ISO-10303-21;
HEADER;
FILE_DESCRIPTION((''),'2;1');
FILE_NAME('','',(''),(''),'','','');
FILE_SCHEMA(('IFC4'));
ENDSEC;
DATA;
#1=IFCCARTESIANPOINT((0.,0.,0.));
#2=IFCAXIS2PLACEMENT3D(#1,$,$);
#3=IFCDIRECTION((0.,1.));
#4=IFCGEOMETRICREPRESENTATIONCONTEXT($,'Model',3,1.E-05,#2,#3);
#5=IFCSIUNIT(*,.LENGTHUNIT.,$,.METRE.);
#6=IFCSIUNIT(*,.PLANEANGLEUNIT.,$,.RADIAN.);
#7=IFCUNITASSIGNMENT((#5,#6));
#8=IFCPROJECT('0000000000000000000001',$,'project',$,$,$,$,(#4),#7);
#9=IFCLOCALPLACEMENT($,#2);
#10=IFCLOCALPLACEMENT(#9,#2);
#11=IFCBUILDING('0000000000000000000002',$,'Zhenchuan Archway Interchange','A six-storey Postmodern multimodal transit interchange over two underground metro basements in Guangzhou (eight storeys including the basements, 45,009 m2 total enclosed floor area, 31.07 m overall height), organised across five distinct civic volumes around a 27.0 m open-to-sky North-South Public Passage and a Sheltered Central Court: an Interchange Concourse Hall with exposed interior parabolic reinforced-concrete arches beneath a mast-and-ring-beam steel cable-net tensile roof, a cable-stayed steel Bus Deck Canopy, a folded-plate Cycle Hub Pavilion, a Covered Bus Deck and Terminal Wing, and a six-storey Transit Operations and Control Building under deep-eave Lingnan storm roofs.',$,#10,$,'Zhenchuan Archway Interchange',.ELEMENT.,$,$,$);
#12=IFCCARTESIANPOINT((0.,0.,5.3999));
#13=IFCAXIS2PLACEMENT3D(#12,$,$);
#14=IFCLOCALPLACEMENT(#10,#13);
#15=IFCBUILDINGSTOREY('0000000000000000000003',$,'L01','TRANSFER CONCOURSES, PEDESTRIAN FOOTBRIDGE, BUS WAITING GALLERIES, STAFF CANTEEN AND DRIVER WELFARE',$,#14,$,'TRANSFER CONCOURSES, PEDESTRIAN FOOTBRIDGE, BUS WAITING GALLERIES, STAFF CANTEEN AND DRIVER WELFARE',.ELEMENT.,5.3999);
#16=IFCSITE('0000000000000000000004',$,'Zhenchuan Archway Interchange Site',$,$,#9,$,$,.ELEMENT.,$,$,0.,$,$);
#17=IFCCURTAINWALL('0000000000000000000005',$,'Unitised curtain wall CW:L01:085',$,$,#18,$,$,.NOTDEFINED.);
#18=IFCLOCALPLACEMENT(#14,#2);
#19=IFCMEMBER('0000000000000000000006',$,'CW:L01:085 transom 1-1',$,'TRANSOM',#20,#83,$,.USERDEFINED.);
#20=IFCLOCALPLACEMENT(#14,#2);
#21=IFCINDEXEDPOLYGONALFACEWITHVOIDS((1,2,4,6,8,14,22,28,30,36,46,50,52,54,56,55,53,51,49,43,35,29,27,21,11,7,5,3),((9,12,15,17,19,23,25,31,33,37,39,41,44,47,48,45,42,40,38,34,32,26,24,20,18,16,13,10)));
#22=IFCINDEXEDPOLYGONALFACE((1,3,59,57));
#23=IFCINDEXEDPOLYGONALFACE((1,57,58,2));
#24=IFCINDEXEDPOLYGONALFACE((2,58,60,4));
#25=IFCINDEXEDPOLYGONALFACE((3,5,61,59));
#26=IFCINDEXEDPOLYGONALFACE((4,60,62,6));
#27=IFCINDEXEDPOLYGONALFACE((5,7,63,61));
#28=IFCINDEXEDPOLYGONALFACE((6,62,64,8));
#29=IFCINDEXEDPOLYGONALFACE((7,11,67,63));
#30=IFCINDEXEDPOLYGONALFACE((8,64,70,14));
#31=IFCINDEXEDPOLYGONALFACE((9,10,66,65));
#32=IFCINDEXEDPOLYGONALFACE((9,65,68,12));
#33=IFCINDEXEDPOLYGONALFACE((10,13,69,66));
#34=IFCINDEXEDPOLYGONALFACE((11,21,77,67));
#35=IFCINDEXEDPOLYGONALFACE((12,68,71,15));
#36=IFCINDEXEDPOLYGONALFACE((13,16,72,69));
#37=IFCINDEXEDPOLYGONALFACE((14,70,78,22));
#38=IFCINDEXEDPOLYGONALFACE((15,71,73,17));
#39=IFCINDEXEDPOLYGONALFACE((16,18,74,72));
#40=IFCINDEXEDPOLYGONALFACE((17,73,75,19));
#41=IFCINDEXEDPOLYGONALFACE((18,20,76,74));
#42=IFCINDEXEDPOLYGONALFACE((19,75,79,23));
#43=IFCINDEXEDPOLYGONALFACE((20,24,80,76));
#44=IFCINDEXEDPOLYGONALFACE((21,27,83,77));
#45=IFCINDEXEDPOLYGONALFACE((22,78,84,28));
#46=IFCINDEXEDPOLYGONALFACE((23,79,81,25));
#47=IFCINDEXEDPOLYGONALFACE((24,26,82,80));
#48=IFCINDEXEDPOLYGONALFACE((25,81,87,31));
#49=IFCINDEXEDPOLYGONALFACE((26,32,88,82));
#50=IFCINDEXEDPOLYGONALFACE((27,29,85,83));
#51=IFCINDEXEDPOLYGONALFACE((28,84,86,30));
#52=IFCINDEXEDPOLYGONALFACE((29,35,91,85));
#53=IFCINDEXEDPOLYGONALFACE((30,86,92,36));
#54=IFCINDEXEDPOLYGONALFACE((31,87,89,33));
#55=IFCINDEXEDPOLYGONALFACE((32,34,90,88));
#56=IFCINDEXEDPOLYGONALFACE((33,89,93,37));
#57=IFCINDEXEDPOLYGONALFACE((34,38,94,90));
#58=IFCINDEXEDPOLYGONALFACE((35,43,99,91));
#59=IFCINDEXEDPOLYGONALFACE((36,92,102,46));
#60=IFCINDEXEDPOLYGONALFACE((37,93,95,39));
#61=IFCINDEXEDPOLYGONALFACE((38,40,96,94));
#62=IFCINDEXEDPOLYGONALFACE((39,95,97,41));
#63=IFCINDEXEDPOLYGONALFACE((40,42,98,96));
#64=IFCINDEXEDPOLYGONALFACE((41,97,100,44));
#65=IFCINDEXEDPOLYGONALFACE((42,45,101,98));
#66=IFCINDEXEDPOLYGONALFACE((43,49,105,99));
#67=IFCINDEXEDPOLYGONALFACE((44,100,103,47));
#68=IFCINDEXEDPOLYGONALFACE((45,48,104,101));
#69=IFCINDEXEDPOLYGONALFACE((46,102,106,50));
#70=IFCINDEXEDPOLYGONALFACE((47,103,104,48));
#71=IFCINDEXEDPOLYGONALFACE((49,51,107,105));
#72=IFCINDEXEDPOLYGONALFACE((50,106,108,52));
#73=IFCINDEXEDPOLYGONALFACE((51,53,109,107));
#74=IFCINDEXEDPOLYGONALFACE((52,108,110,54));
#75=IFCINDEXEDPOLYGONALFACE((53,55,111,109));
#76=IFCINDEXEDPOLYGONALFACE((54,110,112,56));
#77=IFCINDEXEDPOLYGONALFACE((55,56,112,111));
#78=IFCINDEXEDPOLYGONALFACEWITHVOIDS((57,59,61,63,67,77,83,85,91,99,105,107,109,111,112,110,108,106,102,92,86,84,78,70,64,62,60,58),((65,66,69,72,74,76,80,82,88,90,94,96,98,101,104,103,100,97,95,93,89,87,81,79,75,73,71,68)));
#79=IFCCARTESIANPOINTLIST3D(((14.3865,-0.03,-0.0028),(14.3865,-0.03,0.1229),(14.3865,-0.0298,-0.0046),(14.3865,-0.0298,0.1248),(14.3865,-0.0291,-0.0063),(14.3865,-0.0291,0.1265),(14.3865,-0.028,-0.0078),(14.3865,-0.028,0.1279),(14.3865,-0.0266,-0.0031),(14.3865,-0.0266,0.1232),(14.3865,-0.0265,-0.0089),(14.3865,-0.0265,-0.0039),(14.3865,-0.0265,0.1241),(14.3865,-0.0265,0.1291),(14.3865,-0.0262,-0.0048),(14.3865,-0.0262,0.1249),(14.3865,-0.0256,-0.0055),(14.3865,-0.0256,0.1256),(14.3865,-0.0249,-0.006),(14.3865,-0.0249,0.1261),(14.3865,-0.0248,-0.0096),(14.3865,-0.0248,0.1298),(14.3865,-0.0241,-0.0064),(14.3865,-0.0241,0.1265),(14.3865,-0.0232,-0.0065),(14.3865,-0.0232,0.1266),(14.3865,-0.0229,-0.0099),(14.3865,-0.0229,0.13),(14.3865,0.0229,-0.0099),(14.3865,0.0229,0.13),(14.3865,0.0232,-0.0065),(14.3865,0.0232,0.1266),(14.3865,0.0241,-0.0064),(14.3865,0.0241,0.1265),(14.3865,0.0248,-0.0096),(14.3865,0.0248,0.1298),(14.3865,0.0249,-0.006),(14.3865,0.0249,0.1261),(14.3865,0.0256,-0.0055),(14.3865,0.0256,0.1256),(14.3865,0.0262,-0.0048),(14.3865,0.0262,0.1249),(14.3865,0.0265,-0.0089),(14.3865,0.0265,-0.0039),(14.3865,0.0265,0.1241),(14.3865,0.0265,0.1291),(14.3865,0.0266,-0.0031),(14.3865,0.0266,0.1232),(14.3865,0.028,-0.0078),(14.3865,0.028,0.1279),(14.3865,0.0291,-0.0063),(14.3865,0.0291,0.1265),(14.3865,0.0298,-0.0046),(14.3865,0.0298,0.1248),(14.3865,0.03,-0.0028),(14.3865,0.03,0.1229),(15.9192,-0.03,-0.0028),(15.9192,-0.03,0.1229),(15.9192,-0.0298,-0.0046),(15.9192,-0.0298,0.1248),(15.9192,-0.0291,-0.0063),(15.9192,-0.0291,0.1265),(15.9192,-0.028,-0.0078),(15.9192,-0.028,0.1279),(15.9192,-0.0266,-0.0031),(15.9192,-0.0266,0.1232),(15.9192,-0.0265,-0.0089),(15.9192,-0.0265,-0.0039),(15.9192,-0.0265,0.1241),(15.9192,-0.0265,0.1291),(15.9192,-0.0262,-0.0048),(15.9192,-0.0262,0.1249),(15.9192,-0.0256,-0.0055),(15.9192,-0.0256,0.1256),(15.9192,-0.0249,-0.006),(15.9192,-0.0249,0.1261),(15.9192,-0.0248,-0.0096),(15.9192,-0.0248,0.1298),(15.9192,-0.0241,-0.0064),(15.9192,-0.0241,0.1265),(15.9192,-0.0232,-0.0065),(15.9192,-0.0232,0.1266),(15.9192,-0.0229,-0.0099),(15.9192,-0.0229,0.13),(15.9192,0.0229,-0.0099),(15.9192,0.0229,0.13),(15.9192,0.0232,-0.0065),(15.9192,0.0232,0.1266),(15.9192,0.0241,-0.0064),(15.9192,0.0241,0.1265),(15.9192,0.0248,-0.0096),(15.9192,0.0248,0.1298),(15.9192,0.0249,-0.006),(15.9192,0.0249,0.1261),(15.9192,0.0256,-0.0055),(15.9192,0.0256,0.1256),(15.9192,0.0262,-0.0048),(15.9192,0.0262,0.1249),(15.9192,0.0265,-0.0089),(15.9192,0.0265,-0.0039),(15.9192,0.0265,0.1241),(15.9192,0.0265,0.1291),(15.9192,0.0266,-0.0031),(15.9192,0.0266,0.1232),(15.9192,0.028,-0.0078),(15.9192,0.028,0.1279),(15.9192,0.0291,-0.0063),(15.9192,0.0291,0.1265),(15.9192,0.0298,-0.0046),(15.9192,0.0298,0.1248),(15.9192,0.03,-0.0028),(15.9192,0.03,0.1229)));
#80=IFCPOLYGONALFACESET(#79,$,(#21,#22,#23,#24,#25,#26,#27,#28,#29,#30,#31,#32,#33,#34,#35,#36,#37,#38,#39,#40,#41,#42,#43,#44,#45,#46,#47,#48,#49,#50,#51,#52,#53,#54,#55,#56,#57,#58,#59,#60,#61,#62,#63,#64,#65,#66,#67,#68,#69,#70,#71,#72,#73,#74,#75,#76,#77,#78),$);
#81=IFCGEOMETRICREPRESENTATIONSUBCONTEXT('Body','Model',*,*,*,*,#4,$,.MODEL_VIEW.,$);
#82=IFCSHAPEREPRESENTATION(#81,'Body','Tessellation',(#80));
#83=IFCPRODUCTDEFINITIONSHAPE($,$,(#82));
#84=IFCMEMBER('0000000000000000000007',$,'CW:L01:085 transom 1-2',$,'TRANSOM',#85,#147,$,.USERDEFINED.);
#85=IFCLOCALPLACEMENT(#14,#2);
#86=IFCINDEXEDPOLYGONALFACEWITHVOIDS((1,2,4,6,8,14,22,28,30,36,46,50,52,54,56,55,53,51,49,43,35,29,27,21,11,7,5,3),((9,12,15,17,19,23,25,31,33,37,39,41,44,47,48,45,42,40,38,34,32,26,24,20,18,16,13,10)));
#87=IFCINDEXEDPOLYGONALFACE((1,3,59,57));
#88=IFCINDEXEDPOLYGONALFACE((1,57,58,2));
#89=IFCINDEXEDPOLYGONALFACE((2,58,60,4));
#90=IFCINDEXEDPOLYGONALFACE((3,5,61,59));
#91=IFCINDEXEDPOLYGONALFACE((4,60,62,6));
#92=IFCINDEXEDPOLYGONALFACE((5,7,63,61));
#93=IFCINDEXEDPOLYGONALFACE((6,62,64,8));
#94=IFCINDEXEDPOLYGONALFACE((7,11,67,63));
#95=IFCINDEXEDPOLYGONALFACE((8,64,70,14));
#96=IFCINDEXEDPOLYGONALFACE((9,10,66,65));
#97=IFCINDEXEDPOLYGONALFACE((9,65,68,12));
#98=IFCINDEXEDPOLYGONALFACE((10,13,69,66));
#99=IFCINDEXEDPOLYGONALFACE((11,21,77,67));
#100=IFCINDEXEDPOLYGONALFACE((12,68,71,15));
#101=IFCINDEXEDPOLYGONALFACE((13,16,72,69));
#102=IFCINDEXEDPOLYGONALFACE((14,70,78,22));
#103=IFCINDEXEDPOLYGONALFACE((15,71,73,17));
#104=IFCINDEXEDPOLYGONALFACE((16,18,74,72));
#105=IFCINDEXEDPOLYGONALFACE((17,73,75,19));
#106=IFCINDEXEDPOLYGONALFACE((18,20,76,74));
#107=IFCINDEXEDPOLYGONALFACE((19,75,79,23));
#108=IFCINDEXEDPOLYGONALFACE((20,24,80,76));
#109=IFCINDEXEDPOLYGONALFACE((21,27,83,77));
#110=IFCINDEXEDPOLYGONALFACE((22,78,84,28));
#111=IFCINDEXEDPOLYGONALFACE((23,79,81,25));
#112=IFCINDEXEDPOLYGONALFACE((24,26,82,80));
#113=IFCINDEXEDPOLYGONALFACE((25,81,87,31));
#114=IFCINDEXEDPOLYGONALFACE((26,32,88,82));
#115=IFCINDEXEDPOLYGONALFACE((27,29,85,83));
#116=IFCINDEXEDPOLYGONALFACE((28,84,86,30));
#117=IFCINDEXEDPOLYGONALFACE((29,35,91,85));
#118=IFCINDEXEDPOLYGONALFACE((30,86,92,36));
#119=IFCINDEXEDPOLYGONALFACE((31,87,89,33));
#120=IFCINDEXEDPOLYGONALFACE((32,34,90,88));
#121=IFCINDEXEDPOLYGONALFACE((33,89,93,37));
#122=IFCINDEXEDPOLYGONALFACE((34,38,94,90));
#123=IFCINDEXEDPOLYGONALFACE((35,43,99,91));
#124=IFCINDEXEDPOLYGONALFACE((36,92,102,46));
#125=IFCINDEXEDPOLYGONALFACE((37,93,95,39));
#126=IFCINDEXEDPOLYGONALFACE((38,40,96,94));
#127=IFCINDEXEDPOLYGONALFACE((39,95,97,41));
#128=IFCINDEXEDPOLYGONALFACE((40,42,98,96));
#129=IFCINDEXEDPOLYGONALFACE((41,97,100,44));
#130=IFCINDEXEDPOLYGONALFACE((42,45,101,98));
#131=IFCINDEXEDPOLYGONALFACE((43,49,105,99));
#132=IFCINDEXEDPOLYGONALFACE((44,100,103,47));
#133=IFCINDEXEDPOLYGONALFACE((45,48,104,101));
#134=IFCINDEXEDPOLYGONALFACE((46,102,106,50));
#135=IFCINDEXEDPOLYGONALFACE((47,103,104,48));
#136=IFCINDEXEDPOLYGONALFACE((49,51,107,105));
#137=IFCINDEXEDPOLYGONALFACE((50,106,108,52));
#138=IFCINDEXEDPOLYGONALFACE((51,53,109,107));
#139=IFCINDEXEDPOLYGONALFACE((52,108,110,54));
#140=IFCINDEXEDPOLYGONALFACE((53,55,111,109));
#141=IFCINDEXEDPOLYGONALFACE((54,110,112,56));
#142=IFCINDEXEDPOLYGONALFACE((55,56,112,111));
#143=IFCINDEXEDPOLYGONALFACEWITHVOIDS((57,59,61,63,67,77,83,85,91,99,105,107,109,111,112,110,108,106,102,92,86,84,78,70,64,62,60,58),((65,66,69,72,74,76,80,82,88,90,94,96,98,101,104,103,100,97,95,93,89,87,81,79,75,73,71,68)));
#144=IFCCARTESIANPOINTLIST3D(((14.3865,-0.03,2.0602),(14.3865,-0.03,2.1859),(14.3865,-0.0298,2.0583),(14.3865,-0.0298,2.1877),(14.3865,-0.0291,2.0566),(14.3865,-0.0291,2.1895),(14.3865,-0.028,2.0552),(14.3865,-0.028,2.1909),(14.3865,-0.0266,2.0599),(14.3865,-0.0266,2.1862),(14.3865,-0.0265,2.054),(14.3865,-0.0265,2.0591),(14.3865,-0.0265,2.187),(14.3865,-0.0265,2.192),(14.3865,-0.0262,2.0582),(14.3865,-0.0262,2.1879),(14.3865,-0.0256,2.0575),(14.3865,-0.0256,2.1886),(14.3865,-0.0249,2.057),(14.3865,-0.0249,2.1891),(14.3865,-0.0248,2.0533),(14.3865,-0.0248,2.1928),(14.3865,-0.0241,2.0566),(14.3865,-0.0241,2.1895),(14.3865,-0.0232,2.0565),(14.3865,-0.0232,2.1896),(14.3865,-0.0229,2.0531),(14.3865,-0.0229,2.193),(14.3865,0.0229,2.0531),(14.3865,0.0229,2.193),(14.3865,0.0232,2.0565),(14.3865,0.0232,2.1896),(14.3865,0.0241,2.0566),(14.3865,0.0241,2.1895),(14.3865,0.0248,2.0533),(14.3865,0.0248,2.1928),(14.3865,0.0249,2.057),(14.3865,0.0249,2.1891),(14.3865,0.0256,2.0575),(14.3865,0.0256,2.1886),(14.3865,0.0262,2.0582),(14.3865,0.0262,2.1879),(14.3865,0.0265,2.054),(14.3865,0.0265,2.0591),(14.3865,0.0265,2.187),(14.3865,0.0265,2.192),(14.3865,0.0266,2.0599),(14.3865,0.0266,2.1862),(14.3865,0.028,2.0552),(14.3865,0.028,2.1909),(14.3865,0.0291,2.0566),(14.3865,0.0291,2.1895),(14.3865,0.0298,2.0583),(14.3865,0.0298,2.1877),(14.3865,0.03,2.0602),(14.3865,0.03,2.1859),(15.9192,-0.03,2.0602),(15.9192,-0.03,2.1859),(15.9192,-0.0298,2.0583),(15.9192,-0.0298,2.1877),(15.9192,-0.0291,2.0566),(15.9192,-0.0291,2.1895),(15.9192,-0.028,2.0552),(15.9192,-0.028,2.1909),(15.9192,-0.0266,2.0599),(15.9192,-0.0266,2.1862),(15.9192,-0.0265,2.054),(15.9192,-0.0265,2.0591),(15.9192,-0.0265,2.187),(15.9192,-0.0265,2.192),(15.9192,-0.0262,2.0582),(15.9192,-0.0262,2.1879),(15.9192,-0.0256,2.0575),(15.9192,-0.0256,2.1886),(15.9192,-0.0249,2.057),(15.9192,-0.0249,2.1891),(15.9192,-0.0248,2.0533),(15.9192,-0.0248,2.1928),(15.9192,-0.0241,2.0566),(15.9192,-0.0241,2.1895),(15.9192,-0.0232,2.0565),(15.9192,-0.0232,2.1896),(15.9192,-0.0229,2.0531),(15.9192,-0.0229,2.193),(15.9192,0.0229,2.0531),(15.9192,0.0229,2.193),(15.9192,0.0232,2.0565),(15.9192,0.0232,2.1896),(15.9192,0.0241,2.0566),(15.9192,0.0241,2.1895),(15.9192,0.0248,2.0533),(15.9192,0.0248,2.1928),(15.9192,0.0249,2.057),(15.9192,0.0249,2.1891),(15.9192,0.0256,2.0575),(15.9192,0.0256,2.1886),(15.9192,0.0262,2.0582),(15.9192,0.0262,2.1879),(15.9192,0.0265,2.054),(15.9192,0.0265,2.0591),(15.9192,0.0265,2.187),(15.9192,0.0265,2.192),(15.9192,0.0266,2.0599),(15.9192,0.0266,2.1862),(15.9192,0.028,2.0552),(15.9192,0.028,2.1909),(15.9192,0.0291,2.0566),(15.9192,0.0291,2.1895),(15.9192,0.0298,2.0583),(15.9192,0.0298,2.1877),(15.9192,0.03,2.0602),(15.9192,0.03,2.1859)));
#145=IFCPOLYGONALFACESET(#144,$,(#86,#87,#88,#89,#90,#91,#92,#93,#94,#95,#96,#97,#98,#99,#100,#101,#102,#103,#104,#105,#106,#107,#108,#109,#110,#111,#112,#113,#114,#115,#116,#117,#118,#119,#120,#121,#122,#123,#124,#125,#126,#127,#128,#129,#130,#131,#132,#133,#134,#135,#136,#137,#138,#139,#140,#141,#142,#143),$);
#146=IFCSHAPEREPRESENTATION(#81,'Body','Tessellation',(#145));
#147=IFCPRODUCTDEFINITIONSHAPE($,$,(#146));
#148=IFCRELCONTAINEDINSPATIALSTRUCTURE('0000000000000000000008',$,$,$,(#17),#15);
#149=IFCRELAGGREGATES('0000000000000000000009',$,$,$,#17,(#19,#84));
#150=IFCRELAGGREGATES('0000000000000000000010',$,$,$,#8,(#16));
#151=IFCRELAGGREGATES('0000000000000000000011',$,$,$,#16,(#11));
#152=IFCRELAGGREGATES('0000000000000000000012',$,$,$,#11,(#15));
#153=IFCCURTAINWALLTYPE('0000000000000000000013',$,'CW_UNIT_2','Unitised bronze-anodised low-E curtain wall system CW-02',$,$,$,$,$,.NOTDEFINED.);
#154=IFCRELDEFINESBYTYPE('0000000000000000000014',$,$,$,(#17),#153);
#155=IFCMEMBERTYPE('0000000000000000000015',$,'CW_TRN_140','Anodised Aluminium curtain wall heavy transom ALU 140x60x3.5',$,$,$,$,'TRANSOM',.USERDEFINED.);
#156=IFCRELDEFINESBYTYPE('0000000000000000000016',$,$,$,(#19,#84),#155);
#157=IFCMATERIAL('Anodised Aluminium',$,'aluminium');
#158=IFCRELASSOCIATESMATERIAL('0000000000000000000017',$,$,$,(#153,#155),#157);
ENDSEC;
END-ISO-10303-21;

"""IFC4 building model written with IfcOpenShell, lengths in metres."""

from ifc_helpers import new_model, si_unit, direction, frame, origin, origin_2d, place, context, subcontext, project, spatial, hollow_rectangle, extrude, material, material_profile, profile_set, type_object, element, aggregate, save


model = new_model("IFC4")

# Units and contexts
model_context = context("Model", 3, precision=1e-05, world=origin(), true_north=direction((0.0, 1.0)))
body_context = subcontext(model_context, "Body", "Model", "MODEL_VIEW")
ifc_project = project(units=[si_unit("LENGTHUNIT", "METRE"), si_unit("PLANEANGLEUNIT", "RADIAN")], contexts=[model_context])

# Site, building, storey
site_placement = place(None, origin())
site = spatial("IfcSite", under=ifc_project, at=site_placement, Name="Zhenchuan Archway Interchange Site", CompositionType="ELEMENT", RefElevation=0.0)
building_placement = place(site_placement, origin())
building = spatial("IfcBuilding", under=site, at=building_placement, Name="Zhenchuan Archway Interchange", Description="A six-storey Postmodern multimodal transit interchange over two underground metro basements in Guangzhou (eight storeys including the basements, 45,009 m2 total enclosed floor area, 31.07 m overall height), organised across five distinct civic volumes around a 27.0 m open-to-sky North-South Public Passage and a Sheltered Central Court: an Interchange Concourse Hall with exposed interior parabolic reinforced-concrete arches beneath a mast-and-ring-beam steel cable-net tensile roof, a cable-stayed steel Bus Deck Canopy, a folded-plate Cycle Hub Pavilion, a Covered Bus Deck and Terminal Wing, and a six-storey Transit Operations and Control Building under deep-eave Lingnan storm roofs.", LongName="Zhenchuan Archway Interchange", CompositionType="ELEMENT")
storey_placement = place(building_placement, frame((0.0, 0.0, 5.3999)))
storey = spatial("IfcBuildingStorey", under=building, at=storey_placement, Name="L01", Description="TRANSFER CONCOURSES, PEDESTRIAN FOOTBRIDGE, BUS WAITING GALLERIES, STAFF CANTEEN AND DRIVER WELFARE", LongName="TRANSFER CONCOURSES, PEDESTRIAN FOOTBRIDGE, BUS WAITING GALLERIES, STAFF CANTEEN AND DRIVER WELFARE", CompositionType="ELEMENT", Elevation=5.3999)

# Curtain wall, members
ifc_material_1 = material(Name="Anodised Aluminium", Category="aluminium")
curtain_wall_type = type_object("IfcCurtainWallType", Name="CW_UNIT_2", Description="Unitised bronze-anodised low-E curtain wall system CW-02", PredefinedType="NOTDEFINED", material=ifc_material_1)
curtain_wall_placement = place(storey_placement, origin())
curtain_wall = element("IfcCurtainWall", 1, at=curtain_wall_placement, inside=storey, type_object=curtain_wall_type, Name="Unitised curtain wall CW:L01:085", PredefinedType="NOTDEFINED")
ifc_material_profile_1 = material_profile(ifc_material_1, hollow_rectangle(XDim=0.0601, YDim=0.1399, WallThickness=0.0034, InnerFilletRadius=0.0034, OuterFilletRadius=0.0071, at=origin_2d()), Name="ALU 140x60x3.5")
ifc_profile_set_1 = profile_set([ifc_material_profile_1], Name="Anodised Aluminium")
member_type_1 = type_object("IfcMemberType", Name="CW_TRN_140", Description="Anodised Aluminium curtain wall heavy transom ALU 140x60x3.5", ElementType="TRANSOM", PredefinedType="USERDEFINED", material=ifc_profile_set_1)
member_1_placement = place(storey_placement, frame((15.9192, 0.0, 0.0601), z_axis=(-1.0, 0.0, 0.0), x_axis=(0.0, -1.0, 0.0)))
member_1 = element("IfcMember", 2, at=member_1_placement, type_object=member_type_1, Name="CW:L01:085 transom 1-1", ObjectType="TRANSOM", PredefinedType="USERDEFINED", context=body_context, shape_type="SweptSolid", body=[
    extrude(hollow_rectangle(XDim=0.0601, YDim=0.1399, WallThickness=0.0034, InnerFilletRadius=0.0034, OuterFilletRadius=0.0071, at=origin_2d()), origin(), (0.0, 0.0, 1.0), 1.5327),
])
member_2_placement = place(storey_placement, frame((15.9192, 0.0, 2.123), z_axis=(-1.0, 0.0, 0.0), x_axis=(0.0, -1.0, 0.0)))
member_2 = element("IfcMember", 3, at=member_2_placement, type_object=member_type_1, Name="CW:L01:085 transom 1-2", ObjectType="TRANSOM", PredefinedType="USERDEFINED", context=body_context, shape_type="SweptSolid", body=[
    extrude(hollow_rectangle(XDim=0.0601, YDim=0.1399, WallThickness=0.0034, InnerFilletRadius=0.0034, OuterFilletRadius=0.0071, at=origin_2d()), origin(), (0.0, 0.0, 1.0), 1.5327),
])

aggregate(curtain_wall, [member_1, member_2])

save(model, "model.ifc")
